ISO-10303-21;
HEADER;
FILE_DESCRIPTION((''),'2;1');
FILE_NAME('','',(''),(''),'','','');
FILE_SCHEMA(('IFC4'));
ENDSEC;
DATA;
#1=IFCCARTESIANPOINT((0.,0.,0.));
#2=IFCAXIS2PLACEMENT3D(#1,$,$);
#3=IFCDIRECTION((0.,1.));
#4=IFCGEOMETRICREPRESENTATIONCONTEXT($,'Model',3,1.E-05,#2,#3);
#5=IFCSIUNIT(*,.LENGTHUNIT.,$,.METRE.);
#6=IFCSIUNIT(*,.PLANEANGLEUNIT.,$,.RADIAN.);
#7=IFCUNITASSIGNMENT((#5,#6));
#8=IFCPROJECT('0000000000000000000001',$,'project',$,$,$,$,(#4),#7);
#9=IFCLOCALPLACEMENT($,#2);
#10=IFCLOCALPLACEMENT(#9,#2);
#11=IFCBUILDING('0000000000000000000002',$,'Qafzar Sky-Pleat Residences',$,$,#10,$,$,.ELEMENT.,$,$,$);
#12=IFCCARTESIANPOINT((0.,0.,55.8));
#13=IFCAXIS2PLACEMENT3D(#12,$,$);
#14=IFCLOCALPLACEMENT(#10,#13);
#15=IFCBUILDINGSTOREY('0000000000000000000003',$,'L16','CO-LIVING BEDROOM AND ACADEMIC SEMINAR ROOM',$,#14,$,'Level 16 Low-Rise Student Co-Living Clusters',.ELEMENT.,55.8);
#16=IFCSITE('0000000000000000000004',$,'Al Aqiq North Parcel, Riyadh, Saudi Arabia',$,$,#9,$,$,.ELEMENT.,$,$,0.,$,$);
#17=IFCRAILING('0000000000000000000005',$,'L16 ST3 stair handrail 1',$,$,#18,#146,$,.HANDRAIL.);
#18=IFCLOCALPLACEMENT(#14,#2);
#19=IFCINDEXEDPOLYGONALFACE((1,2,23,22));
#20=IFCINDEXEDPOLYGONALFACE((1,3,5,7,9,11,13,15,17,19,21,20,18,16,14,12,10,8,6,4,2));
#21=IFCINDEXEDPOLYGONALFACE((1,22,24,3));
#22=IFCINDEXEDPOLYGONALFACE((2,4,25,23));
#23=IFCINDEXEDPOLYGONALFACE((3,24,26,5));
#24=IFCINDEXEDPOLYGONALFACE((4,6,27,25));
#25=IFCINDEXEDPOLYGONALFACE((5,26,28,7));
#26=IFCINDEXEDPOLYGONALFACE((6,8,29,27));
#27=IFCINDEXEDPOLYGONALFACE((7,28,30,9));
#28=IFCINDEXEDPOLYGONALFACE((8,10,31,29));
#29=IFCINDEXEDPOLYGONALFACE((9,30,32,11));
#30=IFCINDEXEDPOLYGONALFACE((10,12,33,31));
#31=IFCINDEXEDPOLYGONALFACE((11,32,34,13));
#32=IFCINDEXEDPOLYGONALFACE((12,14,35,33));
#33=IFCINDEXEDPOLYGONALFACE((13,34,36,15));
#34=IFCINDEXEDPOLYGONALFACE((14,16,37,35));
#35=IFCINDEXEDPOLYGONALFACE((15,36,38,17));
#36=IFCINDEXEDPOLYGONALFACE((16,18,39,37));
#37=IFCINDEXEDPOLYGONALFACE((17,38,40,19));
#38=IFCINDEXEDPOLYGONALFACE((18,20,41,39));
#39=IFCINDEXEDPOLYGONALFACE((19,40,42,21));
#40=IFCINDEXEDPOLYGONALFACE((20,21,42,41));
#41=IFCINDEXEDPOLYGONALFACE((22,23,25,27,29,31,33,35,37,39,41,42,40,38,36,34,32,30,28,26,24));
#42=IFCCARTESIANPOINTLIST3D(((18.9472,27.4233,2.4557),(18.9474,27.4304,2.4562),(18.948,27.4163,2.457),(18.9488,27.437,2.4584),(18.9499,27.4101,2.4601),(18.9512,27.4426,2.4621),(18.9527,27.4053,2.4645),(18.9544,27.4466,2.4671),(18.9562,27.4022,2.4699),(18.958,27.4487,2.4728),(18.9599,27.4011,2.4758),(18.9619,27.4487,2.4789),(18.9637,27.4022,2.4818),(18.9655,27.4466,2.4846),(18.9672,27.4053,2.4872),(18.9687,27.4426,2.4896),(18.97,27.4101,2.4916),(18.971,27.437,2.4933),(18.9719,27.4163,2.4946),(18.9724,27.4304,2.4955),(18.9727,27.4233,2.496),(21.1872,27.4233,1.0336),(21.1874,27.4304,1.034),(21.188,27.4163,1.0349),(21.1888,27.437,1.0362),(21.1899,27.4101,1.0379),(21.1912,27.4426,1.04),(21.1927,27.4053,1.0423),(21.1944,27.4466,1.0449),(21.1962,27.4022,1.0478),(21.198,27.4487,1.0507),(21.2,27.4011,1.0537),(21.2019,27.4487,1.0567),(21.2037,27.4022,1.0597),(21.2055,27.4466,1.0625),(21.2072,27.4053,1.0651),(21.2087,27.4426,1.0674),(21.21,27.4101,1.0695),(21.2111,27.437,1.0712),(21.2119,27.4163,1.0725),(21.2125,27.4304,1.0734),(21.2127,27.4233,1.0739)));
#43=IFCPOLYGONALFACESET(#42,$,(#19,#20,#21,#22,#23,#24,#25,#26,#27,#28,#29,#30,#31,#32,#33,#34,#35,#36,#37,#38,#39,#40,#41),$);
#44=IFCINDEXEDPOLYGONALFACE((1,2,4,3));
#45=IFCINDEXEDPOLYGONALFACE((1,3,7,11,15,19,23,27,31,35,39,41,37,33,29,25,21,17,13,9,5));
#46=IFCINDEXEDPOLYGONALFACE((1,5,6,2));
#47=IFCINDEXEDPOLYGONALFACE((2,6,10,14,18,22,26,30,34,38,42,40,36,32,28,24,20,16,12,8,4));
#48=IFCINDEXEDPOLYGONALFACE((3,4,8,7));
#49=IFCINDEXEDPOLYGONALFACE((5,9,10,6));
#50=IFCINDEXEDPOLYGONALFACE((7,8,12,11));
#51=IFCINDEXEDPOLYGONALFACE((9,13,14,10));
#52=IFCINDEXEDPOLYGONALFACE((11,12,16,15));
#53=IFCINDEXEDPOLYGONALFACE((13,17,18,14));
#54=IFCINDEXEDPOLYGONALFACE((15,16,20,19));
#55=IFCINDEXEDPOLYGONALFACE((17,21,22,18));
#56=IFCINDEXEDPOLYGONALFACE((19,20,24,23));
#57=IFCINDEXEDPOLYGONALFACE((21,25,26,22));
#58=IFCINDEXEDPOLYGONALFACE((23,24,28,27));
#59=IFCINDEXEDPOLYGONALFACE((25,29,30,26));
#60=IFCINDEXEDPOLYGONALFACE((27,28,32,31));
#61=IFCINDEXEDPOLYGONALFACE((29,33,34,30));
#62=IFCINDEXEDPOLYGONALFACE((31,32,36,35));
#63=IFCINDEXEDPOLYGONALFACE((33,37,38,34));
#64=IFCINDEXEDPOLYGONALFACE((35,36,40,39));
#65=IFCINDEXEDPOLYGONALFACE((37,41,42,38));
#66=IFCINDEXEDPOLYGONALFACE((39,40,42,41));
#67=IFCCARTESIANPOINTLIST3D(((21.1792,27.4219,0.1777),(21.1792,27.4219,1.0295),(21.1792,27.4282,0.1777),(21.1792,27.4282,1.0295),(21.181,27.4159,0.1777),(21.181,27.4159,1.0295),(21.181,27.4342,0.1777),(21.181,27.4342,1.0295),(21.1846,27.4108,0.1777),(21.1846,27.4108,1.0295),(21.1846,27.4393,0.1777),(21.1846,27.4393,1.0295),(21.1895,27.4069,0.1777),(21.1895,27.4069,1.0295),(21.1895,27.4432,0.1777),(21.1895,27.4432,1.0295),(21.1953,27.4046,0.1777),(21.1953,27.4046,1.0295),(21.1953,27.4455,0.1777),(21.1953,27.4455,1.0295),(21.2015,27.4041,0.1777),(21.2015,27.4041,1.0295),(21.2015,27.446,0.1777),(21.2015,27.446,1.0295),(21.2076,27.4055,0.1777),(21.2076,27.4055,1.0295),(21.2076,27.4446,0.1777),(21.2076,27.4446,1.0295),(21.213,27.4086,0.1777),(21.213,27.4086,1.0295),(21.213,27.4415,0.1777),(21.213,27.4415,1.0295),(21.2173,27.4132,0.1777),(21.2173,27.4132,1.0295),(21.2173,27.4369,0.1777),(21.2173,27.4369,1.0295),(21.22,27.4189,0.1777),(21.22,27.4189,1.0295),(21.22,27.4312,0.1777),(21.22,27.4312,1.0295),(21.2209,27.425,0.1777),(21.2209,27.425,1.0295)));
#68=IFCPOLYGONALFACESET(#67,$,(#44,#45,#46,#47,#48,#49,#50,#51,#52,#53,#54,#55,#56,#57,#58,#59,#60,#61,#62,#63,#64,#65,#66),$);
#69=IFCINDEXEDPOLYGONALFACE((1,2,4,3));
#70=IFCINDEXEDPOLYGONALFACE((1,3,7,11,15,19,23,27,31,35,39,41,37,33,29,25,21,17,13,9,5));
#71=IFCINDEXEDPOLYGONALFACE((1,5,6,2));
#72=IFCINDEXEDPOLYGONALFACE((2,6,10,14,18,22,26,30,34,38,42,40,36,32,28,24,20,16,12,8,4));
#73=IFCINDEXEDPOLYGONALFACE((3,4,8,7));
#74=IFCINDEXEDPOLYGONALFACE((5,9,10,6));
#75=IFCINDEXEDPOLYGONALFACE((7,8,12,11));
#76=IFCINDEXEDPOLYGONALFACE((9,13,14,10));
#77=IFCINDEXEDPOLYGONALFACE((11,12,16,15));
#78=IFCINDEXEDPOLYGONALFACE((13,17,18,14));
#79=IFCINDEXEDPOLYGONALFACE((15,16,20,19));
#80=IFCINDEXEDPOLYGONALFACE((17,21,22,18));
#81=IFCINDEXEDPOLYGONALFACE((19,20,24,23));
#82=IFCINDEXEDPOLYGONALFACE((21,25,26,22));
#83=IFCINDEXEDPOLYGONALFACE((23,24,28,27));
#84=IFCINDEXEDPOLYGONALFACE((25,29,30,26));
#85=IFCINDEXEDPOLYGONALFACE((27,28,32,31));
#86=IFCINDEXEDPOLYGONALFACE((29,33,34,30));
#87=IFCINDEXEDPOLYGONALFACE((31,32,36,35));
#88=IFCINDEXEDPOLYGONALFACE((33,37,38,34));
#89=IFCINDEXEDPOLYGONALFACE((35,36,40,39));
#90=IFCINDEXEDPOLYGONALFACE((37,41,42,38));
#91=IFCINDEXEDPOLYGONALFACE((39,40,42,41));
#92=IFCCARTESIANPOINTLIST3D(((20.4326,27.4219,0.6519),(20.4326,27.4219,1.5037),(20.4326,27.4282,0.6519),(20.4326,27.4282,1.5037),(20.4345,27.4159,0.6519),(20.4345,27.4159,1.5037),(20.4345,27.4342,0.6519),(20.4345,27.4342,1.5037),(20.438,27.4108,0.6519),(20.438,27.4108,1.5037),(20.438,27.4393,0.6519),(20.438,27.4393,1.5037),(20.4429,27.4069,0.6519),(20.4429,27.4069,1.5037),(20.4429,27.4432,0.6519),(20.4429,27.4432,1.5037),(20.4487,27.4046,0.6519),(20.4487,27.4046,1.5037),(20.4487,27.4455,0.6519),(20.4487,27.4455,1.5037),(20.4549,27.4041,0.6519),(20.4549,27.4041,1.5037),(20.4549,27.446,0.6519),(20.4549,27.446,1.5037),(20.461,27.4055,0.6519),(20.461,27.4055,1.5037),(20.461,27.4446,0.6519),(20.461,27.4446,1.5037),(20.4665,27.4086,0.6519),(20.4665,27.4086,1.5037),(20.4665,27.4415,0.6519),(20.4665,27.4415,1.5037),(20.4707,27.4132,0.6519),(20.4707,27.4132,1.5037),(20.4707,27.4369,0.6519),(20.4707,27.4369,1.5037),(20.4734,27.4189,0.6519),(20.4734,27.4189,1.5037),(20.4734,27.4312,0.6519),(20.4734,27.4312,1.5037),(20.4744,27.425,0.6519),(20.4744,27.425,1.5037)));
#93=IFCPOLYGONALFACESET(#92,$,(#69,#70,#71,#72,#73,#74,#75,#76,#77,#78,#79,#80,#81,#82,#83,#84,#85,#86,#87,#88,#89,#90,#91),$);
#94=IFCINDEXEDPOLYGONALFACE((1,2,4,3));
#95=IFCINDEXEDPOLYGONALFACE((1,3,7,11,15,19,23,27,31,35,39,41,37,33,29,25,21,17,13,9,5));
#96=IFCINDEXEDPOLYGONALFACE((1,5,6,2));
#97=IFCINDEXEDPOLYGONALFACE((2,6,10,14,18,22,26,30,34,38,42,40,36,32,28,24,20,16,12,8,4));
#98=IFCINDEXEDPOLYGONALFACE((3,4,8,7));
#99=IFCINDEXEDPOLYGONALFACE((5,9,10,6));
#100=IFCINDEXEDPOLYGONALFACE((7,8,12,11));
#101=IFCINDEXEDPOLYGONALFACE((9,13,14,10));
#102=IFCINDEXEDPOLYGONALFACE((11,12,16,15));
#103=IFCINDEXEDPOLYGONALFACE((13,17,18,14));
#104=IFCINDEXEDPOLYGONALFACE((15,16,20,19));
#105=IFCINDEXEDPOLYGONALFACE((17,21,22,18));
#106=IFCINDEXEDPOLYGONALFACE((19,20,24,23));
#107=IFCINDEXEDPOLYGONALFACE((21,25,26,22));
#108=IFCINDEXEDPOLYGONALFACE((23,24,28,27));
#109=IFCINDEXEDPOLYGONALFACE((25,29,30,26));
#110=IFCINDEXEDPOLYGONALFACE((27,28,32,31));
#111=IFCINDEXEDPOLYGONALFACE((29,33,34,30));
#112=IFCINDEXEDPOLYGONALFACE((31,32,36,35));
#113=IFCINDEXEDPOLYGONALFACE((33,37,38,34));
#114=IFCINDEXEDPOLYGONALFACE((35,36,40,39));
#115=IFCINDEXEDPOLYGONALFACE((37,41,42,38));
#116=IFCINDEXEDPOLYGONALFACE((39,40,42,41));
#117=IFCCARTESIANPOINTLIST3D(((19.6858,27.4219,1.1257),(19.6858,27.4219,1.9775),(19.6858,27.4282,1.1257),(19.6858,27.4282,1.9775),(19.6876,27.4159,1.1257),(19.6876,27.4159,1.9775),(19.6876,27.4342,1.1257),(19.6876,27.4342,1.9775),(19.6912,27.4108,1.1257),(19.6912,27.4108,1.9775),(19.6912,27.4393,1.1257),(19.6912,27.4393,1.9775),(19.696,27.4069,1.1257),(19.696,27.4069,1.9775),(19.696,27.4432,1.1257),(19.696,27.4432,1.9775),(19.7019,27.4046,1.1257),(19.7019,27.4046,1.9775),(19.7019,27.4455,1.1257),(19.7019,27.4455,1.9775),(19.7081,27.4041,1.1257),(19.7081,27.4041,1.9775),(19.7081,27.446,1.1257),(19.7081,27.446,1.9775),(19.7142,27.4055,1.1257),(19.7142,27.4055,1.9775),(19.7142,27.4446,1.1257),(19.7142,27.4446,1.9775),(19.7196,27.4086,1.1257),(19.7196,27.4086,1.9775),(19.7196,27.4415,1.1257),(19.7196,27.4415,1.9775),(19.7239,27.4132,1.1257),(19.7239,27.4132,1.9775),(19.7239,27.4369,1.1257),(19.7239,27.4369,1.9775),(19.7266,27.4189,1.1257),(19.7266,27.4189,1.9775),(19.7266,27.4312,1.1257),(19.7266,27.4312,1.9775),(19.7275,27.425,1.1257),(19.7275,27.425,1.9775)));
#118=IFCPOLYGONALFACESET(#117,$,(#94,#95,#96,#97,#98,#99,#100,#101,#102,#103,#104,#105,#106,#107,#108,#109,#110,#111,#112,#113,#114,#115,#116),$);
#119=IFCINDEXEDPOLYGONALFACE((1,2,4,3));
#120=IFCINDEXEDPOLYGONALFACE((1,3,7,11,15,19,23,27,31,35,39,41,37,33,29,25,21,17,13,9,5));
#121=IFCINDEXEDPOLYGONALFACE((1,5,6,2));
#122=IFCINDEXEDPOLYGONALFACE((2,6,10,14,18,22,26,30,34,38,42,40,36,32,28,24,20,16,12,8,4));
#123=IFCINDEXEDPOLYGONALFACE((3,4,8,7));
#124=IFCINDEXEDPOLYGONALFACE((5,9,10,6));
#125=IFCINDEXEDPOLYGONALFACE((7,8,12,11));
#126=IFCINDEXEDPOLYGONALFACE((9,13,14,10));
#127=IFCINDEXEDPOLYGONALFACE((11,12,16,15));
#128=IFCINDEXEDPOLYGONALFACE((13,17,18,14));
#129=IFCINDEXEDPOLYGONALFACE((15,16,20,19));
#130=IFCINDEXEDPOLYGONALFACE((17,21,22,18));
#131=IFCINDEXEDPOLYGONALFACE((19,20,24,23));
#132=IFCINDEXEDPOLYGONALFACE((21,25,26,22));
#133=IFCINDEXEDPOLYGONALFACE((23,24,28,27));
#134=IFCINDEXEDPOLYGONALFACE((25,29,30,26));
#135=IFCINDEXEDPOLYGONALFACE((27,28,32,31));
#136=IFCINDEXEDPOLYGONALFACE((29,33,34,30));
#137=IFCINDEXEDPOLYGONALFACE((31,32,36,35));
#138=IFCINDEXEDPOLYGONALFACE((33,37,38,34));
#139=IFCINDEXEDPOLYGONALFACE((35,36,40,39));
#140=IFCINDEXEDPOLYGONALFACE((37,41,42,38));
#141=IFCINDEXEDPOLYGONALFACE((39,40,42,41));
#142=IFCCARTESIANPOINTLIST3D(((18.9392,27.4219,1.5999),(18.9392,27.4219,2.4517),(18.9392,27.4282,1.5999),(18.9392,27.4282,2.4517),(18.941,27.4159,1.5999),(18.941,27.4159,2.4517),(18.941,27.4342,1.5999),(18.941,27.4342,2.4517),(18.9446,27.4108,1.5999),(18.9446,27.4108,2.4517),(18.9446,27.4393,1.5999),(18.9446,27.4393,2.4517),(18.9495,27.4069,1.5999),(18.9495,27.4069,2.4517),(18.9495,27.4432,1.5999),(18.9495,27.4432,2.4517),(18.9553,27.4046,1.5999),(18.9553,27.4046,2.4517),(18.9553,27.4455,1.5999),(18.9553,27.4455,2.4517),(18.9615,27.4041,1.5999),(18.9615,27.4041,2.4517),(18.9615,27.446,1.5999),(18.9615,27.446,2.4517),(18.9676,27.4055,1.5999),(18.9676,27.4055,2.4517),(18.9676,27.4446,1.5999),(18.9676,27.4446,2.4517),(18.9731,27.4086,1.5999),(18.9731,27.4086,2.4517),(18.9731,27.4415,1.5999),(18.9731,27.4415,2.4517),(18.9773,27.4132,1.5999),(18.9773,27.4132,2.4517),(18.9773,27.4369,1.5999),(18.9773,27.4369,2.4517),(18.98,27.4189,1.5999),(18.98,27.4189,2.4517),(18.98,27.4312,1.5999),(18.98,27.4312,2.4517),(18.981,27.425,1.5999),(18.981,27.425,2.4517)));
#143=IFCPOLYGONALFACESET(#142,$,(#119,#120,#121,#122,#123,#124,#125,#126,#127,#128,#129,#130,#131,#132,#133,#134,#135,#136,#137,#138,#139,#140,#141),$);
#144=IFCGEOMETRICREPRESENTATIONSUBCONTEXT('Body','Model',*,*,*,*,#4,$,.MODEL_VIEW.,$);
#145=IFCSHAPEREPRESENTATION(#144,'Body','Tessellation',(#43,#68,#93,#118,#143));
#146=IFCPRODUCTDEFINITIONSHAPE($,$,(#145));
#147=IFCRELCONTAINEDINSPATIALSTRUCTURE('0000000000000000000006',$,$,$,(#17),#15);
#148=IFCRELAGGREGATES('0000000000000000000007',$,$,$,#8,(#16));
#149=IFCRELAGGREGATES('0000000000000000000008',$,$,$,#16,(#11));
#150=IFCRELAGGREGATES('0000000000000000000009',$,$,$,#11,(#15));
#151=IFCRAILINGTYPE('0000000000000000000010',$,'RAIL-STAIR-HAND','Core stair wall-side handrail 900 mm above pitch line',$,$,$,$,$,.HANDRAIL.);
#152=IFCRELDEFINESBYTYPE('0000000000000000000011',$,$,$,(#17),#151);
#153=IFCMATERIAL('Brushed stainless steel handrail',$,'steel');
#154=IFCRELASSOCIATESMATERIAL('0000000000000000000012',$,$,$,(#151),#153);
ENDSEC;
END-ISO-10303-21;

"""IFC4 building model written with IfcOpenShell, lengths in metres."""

from ifc_helpers import new_model, si_unit, direction, frame, origin, origin_2d, place, context, subcontext, project, spatial, circle, extrude, source, transform, mapped, material, type_object, element, save


model = new_model("IFC4")

# Units and contexts
model_context = context("Model", 3, precision=1e-05, world=origin(), true_north=direction((0.0, 1.0)))
body_context = subcontext(model_context, "Body", "Model", "MODEL_VIEW")
ifc_project = project(units=[si_unit("LENGTHUNIT", "METRE"), si_unit("PLANEANGLEUNIT", "RADIAN")], contexts=[model_context])

# Site, building, storey
site_placement = place(None, origin())
site = spatial("IfcSite", under=ifc_project, at=site_placement, Name="Al Aqiq North Parcel, Riyadh, Saudi Arabia", CompositionType="ELEMENT", RefElevation=0.0)
building_placement = place(site_placement, origin())
building = spatial("IfcBuilding", under=site, at=building_placement, Name="Qafzar Sky-Pleat Residences", CompositionType="ELEMENT")
storey_placement = place(building_placement, frame((0.0, 0.0, 55.8)))
storey = spatial("IfcBuildingStorey", under=building, at=storey_placement, Name="L16", Description="CO-LIVING BEDROOM AND ACADEMIC SEMINAR ROOM", LongName="Level 16 Low-Rise Student Co-Living Clusters", CompositionType="ELEMENT", Elevation=55.8)

# Railing
ifc_material_1 = material(Name="Brushed stainless steel handrail", Category="steel")
railing_type_1 = type_object("IfcRailingType", Name="RAIL-STAIR-HAND", Description="Core stair wall-side handrail 900 mm above pitch line", PredefinedType="HANDRAIL", material=ifc_material_1)
shared_shape_1 = source(origin(), body_context, "Body", "SweptSolid", [
    extrude(circle(Radius=0.0239, at=origin_2d()), frame((0.0, 0.0, 0.876), z_axis=(-0.844229, 0.0, 0.535982), x_axis=(0.0, -1.0, 0.0)), (0.0, 0.0, 1.0), 2.6533),
    extrude(circle(Radius=0.021, at=origin_2d()), origin(), (0.0, 0.0, 1.0), 0.8518),
    extrude(circle(Radius=0.021, at=origin_2d()), frame((-0.7466, 0.0, 0.4741)), (0.0, 0.0, 1.0), 0.8518),
    extrude(circle(Radius=0.021, at=origin_2d()), frame((-1.4934, 0.0, 0.948)), (0.0, 0.0, 1.0), 0.8518),
    extrude(circle(Radius=0.021, at=origin_2d()), frame((-2.24, 0.0, 1.4221)), (0.0, 0.0, 1.0), 0.8518),
])
railing_1_placement = place(storey_placement, frame((21.2, 27.425, 0.1777)))
element("IfcRailing", 1, at=railing_1_placement, inside=storey, type_object=railing_type_1, Name="L16 ST3 stair handrail 1", PredefinedType="HANDRAIL", context=body_context, shape_type="MappedRepresentation", body=[
    mapped(shared_shape_1, transform((0.0, 0.0, 0.0), x_axis=(1.0, 0.0, 0.0), y_axis=(0.0, 1.0, 0.0), z_axis=(0.0, 0.0, 1.0), scale=1.0)),
])

save(model, "model.ifc")
